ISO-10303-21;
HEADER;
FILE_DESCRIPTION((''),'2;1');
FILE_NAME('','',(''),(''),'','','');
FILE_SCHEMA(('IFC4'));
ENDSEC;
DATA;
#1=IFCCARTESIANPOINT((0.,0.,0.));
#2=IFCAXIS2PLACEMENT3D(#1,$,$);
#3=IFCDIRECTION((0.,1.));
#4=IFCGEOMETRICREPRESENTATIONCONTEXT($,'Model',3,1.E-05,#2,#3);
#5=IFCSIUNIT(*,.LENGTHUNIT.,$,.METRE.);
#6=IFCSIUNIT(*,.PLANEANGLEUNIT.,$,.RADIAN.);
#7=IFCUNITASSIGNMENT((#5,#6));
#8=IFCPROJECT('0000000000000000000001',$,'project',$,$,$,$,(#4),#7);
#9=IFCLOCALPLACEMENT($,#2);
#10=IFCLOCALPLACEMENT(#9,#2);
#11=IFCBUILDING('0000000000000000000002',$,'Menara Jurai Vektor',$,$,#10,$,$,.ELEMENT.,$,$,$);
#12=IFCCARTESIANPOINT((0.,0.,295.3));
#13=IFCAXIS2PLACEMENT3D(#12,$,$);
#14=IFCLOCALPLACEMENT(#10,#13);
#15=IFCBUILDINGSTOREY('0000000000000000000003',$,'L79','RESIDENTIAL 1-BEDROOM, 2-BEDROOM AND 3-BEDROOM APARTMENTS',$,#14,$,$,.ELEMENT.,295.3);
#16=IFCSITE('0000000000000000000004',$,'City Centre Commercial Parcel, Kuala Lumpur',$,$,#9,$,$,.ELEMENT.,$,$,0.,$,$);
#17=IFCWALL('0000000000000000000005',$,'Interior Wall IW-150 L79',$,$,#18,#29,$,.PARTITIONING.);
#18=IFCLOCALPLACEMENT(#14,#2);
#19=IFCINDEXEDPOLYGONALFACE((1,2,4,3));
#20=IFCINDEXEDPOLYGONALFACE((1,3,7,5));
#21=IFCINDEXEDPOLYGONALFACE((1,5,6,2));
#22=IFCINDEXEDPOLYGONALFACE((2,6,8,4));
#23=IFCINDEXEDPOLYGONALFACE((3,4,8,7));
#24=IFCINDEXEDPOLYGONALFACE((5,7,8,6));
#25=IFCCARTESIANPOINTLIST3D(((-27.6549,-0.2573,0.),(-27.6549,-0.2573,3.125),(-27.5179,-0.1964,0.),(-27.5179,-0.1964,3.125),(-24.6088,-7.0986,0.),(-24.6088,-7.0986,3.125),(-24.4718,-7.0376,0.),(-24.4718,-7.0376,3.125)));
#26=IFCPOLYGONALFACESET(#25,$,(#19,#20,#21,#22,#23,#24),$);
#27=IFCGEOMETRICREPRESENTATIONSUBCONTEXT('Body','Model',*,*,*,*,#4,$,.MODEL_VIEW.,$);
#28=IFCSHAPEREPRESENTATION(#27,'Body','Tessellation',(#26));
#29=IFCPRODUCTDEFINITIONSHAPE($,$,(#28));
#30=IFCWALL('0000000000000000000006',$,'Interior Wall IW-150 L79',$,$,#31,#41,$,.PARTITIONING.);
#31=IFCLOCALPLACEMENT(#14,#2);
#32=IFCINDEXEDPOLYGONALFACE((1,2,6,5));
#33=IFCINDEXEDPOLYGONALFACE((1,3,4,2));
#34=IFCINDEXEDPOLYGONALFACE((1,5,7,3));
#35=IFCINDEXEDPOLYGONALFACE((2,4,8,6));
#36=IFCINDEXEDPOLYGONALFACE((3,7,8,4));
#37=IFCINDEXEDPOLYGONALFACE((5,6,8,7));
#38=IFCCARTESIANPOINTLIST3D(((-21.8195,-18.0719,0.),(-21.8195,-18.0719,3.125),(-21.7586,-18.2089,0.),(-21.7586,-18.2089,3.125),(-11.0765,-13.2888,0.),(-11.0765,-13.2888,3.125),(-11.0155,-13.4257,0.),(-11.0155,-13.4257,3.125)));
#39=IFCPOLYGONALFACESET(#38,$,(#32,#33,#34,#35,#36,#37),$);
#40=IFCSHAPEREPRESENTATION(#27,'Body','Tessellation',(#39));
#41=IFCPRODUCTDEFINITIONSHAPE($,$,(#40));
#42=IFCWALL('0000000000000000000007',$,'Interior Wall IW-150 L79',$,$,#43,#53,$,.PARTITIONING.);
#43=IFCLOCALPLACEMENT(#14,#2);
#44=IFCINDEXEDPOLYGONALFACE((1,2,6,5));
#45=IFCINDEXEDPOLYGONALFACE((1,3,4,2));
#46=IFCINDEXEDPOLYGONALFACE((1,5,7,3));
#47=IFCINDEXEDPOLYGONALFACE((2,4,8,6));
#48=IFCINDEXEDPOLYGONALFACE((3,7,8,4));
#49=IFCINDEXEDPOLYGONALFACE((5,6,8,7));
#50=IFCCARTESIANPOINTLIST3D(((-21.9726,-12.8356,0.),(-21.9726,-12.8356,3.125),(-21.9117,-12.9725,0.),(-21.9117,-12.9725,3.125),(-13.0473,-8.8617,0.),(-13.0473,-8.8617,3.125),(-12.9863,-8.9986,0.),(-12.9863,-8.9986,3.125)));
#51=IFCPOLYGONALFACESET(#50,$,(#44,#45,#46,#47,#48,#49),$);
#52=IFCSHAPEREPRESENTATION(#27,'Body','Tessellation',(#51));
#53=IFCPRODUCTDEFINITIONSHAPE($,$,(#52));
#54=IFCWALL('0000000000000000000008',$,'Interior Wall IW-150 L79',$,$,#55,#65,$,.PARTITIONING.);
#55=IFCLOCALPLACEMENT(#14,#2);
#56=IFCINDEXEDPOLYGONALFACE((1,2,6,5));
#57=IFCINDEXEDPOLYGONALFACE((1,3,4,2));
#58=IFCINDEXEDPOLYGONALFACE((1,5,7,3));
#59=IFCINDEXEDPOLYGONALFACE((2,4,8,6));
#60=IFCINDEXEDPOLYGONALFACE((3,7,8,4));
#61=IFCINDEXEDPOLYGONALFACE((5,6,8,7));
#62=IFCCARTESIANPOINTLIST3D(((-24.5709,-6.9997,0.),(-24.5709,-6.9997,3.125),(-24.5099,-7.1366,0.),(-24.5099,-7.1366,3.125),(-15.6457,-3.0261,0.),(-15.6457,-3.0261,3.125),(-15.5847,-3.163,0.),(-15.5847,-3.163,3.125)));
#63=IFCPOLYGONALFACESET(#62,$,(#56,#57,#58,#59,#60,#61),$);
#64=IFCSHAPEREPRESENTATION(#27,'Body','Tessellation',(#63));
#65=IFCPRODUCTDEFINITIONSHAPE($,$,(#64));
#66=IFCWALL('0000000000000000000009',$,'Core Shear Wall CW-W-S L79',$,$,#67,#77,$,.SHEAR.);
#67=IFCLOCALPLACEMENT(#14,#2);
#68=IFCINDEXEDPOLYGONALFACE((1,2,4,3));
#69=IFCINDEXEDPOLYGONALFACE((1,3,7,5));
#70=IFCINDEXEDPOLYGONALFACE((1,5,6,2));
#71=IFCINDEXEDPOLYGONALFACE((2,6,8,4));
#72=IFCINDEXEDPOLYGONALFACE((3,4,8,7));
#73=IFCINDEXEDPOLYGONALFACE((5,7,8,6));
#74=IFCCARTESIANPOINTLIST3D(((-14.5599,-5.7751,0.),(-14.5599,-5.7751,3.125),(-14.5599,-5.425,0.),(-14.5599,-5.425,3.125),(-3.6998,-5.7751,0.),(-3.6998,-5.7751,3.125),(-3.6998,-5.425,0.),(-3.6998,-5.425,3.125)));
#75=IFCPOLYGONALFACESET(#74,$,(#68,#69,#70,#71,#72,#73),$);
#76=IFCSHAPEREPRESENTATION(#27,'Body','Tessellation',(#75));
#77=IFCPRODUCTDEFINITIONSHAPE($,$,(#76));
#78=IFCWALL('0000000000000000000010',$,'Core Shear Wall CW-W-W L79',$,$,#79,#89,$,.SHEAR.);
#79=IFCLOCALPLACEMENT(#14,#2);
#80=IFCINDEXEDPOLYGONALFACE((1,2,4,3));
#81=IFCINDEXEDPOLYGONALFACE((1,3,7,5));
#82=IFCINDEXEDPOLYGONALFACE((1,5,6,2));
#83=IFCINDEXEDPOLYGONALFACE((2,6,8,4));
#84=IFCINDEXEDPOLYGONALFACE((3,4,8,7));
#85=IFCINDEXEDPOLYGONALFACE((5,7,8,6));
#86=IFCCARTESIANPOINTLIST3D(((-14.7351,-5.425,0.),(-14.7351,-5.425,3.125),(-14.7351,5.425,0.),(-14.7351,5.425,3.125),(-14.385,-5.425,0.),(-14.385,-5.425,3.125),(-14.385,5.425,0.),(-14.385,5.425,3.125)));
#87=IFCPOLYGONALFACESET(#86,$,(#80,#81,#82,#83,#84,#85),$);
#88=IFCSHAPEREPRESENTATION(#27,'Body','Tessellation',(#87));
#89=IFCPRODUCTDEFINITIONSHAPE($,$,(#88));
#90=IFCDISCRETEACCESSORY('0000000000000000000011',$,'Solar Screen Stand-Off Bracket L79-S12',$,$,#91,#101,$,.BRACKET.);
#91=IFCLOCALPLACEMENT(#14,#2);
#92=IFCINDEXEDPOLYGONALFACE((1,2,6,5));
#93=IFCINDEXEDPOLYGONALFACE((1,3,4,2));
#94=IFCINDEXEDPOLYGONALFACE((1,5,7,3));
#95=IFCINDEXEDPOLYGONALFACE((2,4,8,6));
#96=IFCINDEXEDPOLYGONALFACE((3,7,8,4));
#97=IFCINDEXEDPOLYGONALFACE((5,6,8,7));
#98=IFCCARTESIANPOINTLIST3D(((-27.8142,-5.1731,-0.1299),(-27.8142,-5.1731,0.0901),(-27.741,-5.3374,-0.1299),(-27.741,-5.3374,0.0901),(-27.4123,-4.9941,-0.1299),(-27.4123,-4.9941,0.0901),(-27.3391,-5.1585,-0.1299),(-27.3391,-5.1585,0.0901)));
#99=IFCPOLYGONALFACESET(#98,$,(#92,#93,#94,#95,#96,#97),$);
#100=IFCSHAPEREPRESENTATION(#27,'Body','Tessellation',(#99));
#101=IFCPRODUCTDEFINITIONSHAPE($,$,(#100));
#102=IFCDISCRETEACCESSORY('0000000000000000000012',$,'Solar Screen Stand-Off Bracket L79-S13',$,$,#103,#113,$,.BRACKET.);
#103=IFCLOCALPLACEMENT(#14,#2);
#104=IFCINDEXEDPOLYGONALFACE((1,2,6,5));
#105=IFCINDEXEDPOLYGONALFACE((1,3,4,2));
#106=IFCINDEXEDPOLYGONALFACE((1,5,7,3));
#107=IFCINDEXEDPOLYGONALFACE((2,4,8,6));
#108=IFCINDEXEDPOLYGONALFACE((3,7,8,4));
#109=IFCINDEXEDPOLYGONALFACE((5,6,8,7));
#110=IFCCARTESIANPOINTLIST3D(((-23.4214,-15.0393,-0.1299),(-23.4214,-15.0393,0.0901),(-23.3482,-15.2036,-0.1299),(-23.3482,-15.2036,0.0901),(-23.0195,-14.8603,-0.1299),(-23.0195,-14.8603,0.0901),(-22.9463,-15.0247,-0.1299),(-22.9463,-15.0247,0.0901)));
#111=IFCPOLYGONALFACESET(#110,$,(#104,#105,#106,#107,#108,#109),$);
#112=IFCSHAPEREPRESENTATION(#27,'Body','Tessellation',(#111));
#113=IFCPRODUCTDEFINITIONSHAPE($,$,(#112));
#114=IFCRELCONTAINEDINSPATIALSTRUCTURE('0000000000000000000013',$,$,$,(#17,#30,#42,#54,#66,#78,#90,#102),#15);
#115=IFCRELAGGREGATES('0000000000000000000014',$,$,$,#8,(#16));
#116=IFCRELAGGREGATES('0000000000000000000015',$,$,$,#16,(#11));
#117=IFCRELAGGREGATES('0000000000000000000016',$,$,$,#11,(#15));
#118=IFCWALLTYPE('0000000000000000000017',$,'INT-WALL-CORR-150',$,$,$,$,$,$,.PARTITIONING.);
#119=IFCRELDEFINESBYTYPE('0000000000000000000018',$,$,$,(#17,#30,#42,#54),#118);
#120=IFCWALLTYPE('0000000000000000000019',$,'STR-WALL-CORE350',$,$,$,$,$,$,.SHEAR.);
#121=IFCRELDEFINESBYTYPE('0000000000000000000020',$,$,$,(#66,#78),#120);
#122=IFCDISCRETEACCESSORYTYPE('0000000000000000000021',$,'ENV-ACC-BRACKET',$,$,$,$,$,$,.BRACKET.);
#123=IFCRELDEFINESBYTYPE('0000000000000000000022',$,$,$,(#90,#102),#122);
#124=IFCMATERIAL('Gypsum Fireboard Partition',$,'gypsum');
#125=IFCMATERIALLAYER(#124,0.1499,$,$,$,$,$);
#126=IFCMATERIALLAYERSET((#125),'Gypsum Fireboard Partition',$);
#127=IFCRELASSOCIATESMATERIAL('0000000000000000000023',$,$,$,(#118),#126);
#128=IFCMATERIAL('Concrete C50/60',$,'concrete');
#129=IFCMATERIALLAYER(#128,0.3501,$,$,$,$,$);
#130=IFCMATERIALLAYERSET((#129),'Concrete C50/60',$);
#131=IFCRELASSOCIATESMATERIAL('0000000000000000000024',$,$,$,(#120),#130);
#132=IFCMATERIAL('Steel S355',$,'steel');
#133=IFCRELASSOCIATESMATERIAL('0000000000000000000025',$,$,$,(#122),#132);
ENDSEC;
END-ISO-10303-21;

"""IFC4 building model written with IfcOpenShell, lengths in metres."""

from ifc_helpers import new_model, si_unit, direction, frame, frame_2d, origin, origin_2d, place, context, subcontext, project, spatial, rectangle, extrude, material, layer, layer_set, type_object, element, save


model = new_model("IFC4")

# Units and contexts
model_context = context("Model", 3, precision=1e-05, world=origin(), true_north=direction((0.0, 1.0)))
body_context = subcontext(model_context, "Body", "Model", "MODEL_VIEW")
ifc_project = project(units=[si_unit("LENGTHUNIT", "METRE"), si_unit("PLANEANGLEUNIT", "RADIAN")], contexts=[model_context])

# Site, building, storey
site_placement = place(None, origin())
site = spatial("IfcSite", under=ifc_project, at=site_placement, Name="City Centre Commercial Parcel, Kuala Lumpur", CompositionType="ELEMENT", RefElevation=0.0)
building_placement = place(site_placement, origin())
building = spatial("IfcBuilding", under=site, at=building_placement, Name="Menara Jurai Vektor", CompositionType="ELEMENT")
storey_placement = place(building_placement, frame((0.0, 0.0, 295.3)))
storey = spatial("IfcBuildingStorey", under=building, at=storey_placement, Name="L79", Description="RESIDENTIAL 1-BEDROOM, 2-BEDROOM AND 3-BEDROOM APARTMENTS", CompositionType="ELEMENT", Elevation=295.3)

# Shared definitions
ifc_material_1 = material(Name="Concrete C50/60", Category="concrete")

# Shared definitions
ifc_material_2 = material(Name="Steel S355", Category="steel")

# Shared definitions
ifc_material_3 = material(Name="Gypsum Fireboard Partition", Category="gypsum")
ifc_layer_1 = layer(ifc_material_3, 0.1499)
ifc_layer_set_1 = layer_set([ifc_layer_1], Name="Gypsum Fireboard Partition")
wall_type_1 = type_object("IfcWallType", Name="INT-WALL-CORR-150", PredefinedType="PARTITIONING", material=ifc_layer_set_1)

# Walls
wall_1_placement = place(storey_placement, frame((-24.5403, -7.0681, 0.0), z_axis=(0.0, 0.0, 1.0), x_axis=(-0.406758, 0.913536, 0.0)))
element("IfcWall", 1, at=wall_1_placement, inside=storey, type_object=wall_type_1, Name="Interior Wall IW-150 L79", PredefinedType="PARTITIONING", context=body_context, shape_type="SweptSolid", body=[
    extrude(rectangle(XDim=7.4888, YDim=0.1499, at=frame_2d((3.7444, 0.0))), origin(), (0.0, 0.0, 1.0), 3.125),
])
wall_2_placement = place(storey_placement, frame((-21.7891, -18.1404, 0.0), z_axis=(0.0, 0.0, 1.0), x_axis=(0.913544, 0.406739, 0.0)))
element("IfcWall", 2, at=wall_2_placement, inside=storey, type_object=wall_type_1, Name="Interior Wall IW-150 L79", PredefinedType="PARTITIONING", context=body_context, shape_type="SweptSolid", body=[
    extrude(rectangle(XDim=11.7598, YDim=0.1499, at=frame_2d((5.8799, 0.0))), origin(), (0.0, 0.0, 1.0), 3.125),
])
wall_3_placement = place(storey_placement, frame((-21.9421, -12.9041, 0.0), z_axis=(0.0, 0.0, 1.0), x_axis=(0.913542, 0.406744, 0.0)))
element("IfcWall", 3, at=wall_3_placement, inside=storey, type_object=wall_type_1, Name="Interior Wall IW-150 L79", PredefinedType="PARTITIONING", context=body_context, shape_type="SweptSolid", body=[
    extrude(rectangle(XDim=9.77, YDim=0.1499, at=frame_2d((4.885, 0.0))), origin(), (0.0, 0.0, 1.0), 3.125),
])
wall_4_placement = place(storey_placement, frame((-24.5403, -7.0681, 0.0), z_axis=(0.0, 0.0, 1.0), x_axis=(0.913552, 0.406723, 0.0)))
element("IfcWall", 4, at=wall_4_placement, inside=storey, type_object=wall_type_1, Name="Interior Wall IW-150 L79", PredefinedType="PARTITIONING", context=body_context, shape_type="SweptSolid", body=[
    extrude(rectangle(XDim=9.7698, YDim=0.1499, at=frame_2d((4.8848, 0.0))), origin(), (0.0, 0.0, 1.0), 3.125),
])
ifc_layer_2 = layer(ifc_material_1, 0.3501)
ifc_layer_set_2 = layer_set([ifc_layer_2], Name="Concrete C50/60")
wall_type_2 = type_object("IfcWallType", Name="STR-WALL-CORE350", PredefinedType="SHEAR", material=ifc_layer_set_2)
wall_5_placement = place(storey_placement, frame((-14.5601, -5.6001, 0.0), z_axis=(0.0, 0.0, 1.0), x_axis=(1.0, 0.0, 0.0)))
element("IfcWall", 5, at=wall_5_placement, inside=storey, type_object=wall_type_2, Name="Core Shear Wall CW-W-S L79", PredefinedType="SHEAR", context=body_context, shape_type="SweptSolid", body=[
    extrude(rectangle(XDim=10.8601, YDim=0.3501, at=frame_2d((5.4302, 0.0))), origin(), (0.0, 0.0, 1.0), 3.125),
])
wall_6_placement = place(storey_placement, frame((-14.5601, -5.425, 0.0), z_axis=(0.0, 0.0, 1.0), x_axis=(0.0, 1.0, 0.0)))
element("IfcWall", 6, at=wall_6_placement, inside=storey, type_object=wall_type_2, Name="Core Shear Wall CW-W-W L79", PredefinedType="SHEAR", context=body_context, shape_type="SweptSolid", body=[
    extrude(rectangle(XDim=10.8501, YDim=0.3501, at=frame_2d((5.425, 0.0))), origin(), (0.0, 0.0, 1.0), 3.125),
])

# Discrete accessories
discrete_accessory_type = type_object("IfcDiscreteAccessoryType", Name="ENV-ACC-BRACKET", PredefinedType="BRACKET", material=ifc_material_2)
for number, where, z_axis, x_axis, name in (
    (7, (-27.5767, -5.1658, -0.1299), (0.0, 0.0, 1.0), (0.406737, -0.913545, 0.0), "Solar Screen Stand-Off Bracket L79-S12"),
    (8, (-23.1838, -15.032, -0.1299), (0.0, 0.0, 1.0), (0.406737, -0.913545, 0.0), "Solar Screen Stand-Off Bracket L79-S13"),
):
    element("IfcDiscreteAccessory", number, at=place(storey_placement, frame(where, z_axis=z_axis, x_axis=x_axis)), inside=storey, type_object=discrete_accessory_type, Name=name, PredefinedType="BRACKET", context=body_context, shape_type="SweptSolid", body=[
        extrude(rectangle(XDim=0.1799, YDim=0.4399, at=origin_2d()), origin(), (0.0, 0.0, 1.0), 0.22),
    ])

save(model, "model.ifc")
